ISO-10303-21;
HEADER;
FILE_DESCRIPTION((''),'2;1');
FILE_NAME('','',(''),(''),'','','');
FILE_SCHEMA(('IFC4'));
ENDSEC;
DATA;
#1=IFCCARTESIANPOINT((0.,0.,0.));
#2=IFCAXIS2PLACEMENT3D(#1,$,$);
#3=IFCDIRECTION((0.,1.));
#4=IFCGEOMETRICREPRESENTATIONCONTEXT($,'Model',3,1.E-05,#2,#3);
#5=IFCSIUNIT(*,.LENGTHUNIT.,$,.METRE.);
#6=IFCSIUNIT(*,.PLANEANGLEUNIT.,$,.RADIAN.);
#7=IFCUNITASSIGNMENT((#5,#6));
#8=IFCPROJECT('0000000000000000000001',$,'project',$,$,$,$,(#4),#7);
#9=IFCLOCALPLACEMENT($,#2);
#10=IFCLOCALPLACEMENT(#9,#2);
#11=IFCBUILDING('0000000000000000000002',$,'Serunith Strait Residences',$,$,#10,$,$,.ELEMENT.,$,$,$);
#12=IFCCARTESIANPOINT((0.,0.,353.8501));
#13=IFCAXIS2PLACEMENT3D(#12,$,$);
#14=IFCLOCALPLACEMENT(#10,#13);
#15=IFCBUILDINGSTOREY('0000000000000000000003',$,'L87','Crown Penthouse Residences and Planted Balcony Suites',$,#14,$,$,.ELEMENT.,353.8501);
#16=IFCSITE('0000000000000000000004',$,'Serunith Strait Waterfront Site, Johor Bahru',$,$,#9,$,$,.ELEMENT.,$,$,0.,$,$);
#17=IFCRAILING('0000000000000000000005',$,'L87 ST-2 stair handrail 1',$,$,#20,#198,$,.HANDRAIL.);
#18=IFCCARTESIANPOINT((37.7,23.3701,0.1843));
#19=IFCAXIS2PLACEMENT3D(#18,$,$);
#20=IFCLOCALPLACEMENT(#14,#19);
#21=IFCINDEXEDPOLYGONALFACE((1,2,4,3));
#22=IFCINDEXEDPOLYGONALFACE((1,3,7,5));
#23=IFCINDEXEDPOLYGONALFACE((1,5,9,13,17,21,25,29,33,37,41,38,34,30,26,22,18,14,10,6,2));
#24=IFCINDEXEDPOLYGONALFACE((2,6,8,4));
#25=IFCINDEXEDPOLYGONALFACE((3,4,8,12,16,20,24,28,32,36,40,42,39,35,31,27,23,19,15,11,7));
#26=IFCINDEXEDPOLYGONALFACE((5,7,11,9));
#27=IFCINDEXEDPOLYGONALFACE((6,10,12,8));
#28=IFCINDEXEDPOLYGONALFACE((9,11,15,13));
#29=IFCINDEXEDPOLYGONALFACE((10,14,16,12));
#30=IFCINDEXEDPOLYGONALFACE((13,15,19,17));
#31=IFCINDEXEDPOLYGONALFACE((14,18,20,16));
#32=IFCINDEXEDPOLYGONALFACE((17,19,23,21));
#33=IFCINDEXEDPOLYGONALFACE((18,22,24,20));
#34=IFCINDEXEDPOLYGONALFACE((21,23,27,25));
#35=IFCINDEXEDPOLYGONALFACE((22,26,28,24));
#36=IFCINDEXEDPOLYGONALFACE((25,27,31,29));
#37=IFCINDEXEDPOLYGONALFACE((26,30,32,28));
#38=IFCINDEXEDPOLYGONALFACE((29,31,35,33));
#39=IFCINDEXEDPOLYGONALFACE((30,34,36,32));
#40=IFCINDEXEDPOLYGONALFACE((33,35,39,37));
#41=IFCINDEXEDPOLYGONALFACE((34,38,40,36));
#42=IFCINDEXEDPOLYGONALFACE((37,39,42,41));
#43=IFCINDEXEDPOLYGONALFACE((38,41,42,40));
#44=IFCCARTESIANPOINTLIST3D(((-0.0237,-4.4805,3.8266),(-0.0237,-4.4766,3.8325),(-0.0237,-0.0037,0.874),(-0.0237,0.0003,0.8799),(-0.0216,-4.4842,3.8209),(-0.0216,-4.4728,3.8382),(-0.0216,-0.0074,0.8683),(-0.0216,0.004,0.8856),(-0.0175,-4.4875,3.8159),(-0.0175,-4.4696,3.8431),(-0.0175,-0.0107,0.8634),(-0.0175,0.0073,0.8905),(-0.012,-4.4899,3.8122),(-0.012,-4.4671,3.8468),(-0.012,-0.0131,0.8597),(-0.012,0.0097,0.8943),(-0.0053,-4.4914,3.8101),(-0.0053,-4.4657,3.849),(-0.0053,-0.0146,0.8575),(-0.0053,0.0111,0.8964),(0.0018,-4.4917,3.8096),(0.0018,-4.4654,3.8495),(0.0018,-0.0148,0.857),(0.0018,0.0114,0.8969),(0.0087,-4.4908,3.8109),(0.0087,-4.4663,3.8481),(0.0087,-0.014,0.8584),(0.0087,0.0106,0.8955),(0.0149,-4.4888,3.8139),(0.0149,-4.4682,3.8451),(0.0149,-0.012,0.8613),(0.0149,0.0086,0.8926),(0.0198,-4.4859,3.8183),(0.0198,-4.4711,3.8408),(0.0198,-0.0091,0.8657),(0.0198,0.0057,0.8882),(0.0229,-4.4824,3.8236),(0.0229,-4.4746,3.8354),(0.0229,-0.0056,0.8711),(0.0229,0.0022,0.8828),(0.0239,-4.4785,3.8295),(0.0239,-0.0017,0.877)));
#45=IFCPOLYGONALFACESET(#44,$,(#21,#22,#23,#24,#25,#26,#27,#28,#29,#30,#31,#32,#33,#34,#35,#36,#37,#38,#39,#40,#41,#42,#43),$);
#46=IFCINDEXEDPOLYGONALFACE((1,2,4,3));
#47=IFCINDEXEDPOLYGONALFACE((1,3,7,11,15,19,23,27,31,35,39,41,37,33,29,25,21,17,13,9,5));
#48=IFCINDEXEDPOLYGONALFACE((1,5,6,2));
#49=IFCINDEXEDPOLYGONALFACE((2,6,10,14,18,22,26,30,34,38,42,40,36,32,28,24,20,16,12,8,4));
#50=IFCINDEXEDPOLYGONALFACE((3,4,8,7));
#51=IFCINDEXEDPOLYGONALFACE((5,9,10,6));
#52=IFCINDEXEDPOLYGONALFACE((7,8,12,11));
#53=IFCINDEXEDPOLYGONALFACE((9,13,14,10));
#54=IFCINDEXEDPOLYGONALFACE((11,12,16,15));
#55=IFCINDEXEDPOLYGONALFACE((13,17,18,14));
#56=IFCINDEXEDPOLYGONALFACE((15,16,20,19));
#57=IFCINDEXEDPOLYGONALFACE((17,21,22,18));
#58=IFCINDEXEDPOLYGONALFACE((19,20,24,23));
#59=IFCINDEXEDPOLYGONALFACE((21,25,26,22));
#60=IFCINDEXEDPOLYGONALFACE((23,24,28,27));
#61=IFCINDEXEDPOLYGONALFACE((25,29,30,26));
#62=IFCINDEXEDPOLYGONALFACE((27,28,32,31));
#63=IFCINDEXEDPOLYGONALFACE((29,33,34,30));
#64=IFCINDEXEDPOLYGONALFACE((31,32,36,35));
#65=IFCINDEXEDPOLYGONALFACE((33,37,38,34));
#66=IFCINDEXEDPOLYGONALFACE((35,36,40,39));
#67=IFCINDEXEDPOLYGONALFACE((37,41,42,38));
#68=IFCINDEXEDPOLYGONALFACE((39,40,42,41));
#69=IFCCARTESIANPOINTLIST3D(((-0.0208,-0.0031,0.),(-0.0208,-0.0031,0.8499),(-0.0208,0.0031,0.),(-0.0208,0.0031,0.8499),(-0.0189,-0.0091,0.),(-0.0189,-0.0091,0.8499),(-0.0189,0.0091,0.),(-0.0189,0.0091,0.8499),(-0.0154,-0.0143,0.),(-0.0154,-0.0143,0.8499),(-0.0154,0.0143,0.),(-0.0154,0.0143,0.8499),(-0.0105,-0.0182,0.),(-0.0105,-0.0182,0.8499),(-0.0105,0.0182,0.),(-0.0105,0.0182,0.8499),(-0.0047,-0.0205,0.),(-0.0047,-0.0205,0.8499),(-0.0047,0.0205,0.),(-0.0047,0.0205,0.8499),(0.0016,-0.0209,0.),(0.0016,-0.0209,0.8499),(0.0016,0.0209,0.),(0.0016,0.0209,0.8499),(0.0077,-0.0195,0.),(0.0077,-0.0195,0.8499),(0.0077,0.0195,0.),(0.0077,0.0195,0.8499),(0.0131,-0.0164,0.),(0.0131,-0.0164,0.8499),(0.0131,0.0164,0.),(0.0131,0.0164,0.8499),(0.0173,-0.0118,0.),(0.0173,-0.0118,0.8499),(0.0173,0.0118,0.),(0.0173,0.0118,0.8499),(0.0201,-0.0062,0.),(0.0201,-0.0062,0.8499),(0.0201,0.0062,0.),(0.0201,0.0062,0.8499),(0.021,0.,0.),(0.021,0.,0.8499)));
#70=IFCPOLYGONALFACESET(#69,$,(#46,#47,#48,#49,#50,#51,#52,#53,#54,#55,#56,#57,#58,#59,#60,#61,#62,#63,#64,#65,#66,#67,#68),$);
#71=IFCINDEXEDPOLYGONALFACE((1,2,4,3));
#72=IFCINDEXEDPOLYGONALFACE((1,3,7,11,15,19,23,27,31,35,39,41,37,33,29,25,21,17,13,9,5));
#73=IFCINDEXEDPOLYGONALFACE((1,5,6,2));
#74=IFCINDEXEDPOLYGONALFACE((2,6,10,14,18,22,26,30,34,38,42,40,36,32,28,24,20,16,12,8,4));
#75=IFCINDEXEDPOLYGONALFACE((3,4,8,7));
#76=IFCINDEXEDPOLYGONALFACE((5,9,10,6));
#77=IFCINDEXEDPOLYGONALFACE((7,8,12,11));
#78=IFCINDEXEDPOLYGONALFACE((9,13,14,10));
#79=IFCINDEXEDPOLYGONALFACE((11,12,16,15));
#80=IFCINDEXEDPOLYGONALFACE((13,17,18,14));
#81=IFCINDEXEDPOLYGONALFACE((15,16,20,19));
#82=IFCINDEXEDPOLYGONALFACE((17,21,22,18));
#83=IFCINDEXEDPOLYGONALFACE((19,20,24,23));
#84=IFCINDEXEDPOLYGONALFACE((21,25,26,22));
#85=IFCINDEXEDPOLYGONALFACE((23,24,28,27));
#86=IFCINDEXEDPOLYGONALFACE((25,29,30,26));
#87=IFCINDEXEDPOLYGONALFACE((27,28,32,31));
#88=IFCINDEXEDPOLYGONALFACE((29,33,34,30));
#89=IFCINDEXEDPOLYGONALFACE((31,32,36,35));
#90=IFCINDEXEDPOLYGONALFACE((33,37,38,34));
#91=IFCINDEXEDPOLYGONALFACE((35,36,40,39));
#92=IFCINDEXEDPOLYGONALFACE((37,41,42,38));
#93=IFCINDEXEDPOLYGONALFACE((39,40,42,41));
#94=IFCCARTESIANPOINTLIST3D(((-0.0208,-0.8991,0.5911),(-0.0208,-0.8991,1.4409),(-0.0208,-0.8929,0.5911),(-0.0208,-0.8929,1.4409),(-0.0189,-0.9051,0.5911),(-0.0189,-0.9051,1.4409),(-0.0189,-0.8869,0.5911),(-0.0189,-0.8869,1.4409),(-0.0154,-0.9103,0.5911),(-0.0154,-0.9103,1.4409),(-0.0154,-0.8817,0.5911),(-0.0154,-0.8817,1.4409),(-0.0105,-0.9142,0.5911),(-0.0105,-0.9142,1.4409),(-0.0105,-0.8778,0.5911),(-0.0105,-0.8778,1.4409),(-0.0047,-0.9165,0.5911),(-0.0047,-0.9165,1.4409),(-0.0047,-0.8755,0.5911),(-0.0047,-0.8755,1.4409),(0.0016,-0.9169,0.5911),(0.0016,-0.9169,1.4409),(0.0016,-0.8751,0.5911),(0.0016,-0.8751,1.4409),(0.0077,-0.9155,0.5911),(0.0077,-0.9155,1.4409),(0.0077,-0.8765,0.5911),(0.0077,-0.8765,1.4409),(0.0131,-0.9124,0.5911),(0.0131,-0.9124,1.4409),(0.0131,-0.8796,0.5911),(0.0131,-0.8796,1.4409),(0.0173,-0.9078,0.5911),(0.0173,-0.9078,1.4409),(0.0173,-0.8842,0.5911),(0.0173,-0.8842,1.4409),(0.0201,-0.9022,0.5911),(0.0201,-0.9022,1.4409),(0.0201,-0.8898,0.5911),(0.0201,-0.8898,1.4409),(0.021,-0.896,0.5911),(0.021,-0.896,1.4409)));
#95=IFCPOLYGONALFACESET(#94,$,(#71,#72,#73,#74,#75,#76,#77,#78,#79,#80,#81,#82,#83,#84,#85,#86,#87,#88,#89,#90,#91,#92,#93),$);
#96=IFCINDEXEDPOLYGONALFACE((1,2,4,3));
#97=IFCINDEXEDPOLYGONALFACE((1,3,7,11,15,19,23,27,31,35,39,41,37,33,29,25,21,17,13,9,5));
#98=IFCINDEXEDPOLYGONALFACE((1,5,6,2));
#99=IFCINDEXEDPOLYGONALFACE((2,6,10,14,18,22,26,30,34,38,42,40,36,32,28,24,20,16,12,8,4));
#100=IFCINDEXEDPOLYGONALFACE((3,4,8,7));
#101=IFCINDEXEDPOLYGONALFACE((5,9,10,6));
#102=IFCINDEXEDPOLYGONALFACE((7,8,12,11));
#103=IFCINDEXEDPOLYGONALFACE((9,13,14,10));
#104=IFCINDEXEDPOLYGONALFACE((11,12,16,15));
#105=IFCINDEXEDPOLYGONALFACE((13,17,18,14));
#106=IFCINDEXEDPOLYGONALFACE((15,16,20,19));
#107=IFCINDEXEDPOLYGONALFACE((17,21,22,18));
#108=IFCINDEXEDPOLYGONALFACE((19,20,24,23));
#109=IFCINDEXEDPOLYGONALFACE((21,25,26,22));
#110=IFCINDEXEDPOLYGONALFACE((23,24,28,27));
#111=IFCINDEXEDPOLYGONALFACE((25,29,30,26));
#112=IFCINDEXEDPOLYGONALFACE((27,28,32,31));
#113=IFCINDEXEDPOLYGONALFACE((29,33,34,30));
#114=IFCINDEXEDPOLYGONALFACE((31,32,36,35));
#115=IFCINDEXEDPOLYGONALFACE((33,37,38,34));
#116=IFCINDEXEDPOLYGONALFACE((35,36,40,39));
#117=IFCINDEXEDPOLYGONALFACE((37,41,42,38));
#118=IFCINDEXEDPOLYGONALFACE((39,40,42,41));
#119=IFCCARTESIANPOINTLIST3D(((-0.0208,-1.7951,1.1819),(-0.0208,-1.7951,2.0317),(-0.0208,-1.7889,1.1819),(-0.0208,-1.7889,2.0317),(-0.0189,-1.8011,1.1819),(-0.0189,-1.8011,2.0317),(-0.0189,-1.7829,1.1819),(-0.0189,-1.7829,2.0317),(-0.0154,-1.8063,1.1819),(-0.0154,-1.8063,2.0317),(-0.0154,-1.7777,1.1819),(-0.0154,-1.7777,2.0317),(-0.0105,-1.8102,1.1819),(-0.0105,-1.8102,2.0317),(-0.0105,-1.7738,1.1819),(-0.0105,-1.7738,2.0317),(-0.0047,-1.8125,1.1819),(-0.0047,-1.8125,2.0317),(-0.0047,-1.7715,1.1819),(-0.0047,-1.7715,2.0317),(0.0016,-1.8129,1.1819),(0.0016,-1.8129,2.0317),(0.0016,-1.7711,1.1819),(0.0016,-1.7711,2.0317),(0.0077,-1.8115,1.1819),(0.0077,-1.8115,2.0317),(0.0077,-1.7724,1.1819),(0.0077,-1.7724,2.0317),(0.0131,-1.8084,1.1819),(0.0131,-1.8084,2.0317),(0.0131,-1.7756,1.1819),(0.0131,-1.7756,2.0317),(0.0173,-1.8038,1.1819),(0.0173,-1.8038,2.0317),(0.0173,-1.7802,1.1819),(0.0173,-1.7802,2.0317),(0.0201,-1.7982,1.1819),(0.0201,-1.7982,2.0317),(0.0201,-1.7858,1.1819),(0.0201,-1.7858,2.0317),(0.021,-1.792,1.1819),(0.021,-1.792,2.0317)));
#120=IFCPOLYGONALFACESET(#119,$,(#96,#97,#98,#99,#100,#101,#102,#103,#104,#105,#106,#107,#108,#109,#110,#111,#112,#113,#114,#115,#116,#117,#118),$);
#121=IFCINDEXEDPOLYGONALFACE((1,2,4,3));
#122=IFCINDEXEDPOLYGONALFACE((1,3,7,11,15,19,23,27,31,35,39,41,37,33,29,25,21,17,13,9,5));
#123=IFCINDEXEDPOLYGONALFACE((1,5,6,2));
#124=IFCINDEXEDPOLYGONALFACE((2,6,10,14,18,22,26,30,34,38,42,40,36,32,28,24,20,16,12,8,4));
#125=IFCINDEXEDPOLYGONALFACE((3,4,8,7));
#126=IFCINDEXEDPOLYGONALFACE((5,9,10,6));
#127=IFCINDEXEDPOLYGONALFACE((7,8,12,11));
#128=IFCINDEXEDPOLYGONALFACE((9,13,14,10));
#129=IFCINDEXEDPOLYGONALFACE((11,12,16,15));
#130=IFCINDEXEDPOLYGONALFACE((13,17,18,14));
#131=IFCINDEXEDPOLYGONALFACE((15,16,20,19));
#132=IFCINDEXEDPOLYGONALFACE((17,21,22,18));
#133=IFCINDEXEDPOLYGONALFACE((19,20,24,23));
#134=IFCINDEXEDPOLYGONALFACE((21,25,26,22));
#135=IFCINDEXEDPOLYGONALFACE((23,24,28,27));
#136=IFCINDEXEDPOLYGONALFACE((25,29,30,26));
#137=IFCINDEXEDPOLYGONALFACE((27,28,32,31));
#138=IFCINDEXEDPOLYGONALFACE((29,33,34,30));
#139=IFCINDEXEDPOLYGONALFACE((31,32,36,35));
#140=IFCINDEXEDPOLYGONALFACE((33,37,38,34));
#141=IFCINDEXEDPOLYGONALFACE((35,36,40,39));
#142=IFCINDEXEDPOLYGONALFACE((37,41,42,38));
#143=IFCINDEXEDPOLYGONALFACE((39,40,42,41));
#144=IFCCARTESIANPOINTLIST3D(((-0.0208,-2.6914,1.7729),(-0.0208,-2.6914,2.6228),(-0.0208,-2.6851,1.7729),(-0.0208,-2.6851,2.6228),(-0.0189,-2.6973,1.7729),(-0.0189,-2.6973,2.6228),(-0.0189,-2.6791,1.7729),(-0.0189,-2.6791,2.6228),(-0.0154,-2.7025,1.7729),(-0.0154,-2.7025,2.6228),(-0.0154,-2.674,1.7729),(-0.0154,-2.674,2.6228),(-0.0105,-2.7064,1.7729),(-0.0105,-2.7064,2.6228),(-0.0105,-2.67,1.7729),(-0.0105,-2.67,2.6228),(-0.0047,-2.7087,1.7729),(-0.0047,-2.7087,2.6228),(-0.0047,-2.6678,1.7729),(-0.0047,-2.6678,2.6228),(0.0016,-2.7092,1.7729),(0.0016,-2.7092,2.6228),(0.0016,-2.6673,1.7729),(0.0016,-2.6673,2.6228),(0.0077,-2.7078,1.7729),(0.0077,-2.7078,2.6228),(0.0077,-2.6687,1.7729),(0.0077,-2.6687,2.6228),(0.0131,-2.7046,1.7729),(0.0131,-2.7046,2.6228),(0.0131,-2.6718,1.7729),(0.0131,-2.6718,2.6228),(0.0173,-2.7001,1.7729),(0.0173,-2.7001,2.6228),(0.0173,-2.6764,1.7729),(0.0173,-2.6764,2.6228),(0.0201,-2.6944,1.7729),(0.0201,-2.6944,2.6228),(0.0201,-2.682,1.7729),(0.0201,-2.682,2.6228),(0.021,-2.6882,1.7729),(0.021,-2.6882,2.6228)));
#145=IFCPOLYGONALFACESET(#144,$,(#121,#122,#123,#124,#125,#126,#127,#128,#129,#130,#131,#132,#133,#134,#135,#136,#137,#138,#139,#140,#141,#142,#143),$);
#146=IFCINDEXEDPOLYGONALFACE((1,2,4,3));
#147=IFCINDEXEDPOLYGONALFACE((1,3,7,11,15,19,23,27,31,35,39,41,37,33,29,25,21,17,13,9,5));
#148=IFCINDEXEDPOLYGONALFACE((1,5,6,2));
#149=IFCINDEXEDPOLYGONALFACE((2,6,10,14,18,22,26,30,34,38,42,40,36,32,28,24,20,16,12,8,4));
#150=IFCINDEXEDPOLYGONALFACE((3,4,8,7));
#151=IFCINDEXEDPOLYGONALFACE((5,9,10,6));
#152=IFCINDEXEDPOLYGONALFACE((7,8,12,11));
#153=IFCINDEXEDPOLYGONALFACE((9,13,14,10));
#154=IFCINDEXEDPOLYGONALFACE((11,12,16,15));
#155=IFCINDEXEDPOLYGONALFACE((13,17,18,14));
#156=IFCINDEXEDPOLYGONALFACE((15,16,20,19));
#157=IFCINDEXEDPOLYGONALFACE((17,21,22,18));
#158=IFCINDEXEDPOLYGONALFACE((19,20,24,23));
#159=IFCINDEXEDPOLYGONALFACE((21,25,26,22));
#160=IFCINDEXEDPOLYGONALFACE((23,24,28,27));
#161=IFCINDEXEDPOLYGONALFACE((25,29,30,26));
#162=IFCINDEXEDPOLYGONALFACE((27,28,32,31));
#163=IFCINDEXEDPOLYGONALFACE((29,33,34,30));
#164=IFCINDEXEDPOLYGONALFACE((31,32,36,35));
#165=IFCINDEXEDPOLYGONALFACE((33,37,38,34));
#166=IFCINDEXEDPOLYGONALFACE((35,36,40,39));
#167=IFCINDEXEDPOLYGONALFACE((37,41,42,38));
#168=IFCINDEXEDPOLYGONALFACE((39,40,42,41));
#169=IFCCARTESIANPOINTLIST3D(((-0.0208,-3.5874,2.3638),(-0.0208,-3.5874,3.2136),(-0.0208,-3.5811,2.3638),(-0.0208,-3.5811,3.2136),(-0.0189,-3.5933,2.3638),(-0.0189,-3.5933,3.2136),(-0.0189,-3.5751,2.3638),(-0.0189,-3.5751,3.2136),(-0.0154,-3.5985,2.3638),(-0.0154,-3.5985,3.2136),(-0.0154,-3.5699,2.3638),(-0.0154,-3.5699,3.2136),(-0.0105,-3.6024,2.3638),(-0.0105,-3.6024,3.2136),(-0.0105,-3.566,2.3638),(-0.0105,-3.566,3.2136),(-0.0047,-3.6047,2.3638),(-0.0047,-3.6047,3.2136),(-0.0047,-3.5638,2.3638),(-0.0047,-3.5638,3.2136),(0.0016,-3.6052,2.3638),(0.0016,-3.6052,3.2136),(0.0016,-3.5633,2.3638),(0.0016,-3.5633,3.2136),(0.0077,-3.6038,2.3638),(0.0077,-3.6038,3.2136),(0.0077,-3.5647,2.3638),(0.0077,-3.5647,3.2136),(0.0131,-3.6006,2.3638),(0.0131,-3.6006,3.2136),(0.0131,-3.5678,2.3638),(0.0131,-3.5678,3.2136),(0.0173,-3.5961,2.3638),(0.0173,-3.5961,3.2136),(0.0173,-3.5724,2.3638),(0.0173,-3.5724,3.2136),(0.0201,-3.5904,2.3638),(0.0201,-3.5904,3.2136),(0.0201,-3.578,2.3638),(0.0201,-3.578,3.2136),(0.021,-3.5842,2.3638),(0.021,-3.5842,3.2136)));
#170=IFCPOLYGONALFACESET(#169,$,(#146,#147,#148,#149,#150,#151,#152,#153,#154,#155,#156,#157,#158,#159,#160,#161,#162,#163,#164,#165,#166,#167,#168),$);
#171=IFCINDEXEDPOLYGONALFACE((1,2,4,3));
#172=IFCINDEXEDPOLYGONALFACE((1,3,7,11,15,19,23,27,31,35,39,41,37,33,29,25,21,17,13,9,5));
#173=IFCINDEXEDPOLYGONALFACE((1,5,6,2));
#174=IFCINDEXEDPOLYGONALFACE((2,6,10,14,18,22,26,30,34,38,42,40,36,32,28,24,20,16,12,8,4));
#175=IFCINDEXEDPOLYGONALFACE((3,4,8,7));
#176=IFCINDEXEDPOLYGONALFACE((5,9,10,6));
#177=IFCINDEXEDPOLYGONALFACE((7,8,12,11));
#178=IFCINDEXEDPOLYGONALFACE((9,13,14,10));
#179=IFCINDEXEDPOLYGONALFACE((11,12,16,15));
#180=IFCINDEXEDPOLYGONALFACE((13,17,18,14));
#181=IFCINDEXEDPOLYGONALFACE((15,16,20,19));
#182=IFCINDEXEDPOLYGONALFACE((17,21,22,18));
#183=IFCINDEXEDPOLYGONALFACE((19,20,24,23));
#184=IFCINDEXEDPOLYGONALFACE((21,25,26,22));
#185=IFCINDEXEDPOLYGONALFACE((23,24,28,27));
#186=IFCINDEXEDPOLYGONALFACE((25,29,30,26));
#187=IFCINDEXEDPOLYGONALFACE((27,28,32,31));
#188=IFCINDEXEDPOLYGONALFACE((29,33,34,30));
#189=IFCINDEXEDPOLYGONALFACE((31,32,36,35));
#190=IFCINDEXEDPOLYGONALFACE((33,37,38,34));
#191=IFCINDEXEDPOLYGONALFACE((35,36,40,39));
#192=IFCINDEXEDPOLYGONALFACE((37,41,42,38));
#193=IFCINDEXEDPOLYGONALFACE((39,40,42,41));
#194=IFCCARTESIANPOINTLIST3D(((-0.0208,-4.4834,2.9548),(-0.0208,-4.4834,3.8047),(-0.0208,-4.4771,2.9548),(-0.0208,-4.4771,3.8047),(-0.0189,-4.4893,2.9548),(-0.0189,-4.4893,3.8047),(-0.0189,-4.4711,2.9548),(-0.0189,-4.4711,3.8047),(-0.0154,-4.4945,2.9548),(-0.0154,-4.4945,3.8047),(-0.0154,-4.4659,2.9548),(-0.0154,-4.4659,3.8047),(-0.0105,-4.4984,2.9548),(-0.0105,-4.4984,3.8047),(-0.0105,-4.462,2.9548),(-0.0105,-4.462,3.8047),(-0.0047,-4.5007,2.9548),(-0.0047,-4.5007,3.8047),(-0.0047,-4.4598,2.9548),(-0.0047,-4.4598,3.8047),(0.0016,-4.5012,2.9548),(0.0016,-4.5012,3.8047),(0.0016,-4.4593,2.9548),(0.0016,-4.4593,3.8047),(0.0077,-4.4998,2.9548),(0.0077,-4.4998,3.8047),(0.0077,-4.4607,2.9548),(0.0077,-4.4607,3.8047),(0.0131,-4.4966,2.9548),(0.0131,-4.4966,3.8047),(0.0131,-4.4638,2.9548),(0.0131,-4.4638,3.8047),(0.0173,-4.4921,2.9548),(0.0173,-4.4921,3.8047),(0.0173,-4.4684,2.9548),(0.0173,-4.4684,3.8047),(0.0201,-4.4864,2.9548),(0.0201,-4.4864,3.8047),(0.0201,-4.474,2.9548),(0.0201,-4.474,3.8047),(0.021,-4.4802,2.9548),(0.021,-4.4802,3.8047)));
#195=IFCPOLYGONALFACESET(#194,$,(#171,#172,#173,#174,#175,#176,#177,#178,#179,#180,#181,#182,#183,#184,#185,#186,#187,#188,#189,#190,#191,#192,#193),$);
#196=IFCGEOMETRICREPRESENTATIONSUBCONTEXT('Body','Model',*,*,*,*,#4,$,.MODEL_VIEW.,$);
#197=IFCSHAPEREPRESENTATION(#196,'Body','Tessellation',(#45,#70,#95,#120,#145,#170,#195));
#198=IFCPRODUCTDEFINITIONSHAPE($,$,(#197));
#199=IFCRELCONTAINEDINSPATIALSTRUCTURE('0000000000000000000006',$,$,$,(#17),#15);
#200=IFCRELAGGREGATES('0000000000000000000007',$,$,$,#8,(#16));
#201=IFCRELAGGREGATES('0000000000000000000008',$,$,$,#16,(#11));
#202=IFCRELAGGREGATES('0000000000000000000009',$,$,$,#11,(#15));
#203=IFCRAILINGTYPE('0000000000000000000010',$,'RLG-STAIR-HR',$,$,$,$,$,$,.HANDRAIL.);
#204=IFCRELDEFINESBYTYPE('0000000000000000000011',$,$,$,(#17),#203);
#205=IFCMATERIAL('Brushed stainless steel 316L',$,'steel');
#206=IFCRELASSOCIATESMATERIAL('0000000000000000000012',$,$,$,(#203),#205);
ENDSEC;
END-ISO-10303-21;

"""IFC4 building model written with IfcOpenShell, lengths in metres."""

from ifc_helpers import new_model, si_unit, direction, frame, origin, origin_2d, place, context, subcontext, project, spatial, circle, extrude, material, type_object, element, save


model = new_model("IFC4")

# Units and contexts
model_context = context("Model", 3, precision=1e-05, world=origin(), true_north=direction((0.0, 1.0)))
body_context = subcontext(model_context, "Body", "Model", "MODEL_VIEW")
ifc_project = project(units=[si_unit("LENGTHUNIT", "METRE"), si_unit("PLANEANGLEUNIT", "RADIAN")], contexts=[model_context])

# Site, building, storey
site_placement = place(None, origin())
site = spatial("IfcSite", under=ifc_project, at=site_placement, Name="Serunith Strait Waterfront Site, Johor Bahru", CompositionType="ELEMENT", RefElevation=0.0)
building_placement = place(site_placement, origin())
building = spatial("IfcBuilding", under=site, at=building_placement, Name="Serunith Strait Residences", CompositionType="ELEMENT")
storey_placement = place(building_placement, frame((0.0, 0.0, 353.8501)))
storey = spatial("IfcBuildingStorey", under=building, at=storey_placement, Name="L87", Description="Crown Penthouse Residences and Planted Balcony Suites", CompositionType="ELEMENT", Elevation=353.8501)

# Railing
ifc_material_1 = material(Name="Brushed stainless steel 316L", Category="steel")
railing_type_1 = type_object("IfcRailingType", Name="RLG-STAIR-HR", PredefinedType="HANDRAIL", material=ifc_material_1)
railing_1_placement = place(storey_placement, frame((37.7, 23.3701, 0.1843)))
element("IfcRailing", 1, at=railing_1_placement, inside=storey, type_object=railing_type_1, Name="L87 ST-2 stair handrail 1", PredefinedType="HANDRAIL", context=body_context, shape_type="SweptSolid", body=[
    extrude(circle(Radius=0.0239, at=origin_2d()), frame((0.0, -0.0017, 0.877), z_axis=(0.0, -0.83479, 0.550568), x_axis=(1.0, 0.0, 0.0)), (0.0, 0.0, 1.0), 5.3628),
    extrude(circle(Radius=0.021, at=origin_2d()), origin(), (0.0, 0.0, 1.0), 0.8499),
    extrude(circle(Radius=0.021, at=origin_2d()), frame((0.0, -0.896, 0.5911)), (0.0, 0.0, 1.0), 0.8499),
    extrude(circle(Radius=0.021, at=origin_2d()), frame((0.0, -1.792, 1.1819)), (0.0, 0.0, 1.0), 0.8499),
    extrude(circle(Radius=0.021, at=origin_2d()), frame((0.0, -2.6882, 1.7729)), (0.0, 0.0, 1.0), 0.8499),
    extrude(circle(Radius=0.021, at=origin_2d()), frame((0.0, -3.5842, 2.3638)), (0.0, 0.0, 1.0), 0.8499),
    extrude(circle(Radius=0.021, at=origin_2d()), frame((0.0, -4.4802, 2.9548)), (0.0, 0.0, 1.0), 0.8499),
])

save(model, "model.ifc")
